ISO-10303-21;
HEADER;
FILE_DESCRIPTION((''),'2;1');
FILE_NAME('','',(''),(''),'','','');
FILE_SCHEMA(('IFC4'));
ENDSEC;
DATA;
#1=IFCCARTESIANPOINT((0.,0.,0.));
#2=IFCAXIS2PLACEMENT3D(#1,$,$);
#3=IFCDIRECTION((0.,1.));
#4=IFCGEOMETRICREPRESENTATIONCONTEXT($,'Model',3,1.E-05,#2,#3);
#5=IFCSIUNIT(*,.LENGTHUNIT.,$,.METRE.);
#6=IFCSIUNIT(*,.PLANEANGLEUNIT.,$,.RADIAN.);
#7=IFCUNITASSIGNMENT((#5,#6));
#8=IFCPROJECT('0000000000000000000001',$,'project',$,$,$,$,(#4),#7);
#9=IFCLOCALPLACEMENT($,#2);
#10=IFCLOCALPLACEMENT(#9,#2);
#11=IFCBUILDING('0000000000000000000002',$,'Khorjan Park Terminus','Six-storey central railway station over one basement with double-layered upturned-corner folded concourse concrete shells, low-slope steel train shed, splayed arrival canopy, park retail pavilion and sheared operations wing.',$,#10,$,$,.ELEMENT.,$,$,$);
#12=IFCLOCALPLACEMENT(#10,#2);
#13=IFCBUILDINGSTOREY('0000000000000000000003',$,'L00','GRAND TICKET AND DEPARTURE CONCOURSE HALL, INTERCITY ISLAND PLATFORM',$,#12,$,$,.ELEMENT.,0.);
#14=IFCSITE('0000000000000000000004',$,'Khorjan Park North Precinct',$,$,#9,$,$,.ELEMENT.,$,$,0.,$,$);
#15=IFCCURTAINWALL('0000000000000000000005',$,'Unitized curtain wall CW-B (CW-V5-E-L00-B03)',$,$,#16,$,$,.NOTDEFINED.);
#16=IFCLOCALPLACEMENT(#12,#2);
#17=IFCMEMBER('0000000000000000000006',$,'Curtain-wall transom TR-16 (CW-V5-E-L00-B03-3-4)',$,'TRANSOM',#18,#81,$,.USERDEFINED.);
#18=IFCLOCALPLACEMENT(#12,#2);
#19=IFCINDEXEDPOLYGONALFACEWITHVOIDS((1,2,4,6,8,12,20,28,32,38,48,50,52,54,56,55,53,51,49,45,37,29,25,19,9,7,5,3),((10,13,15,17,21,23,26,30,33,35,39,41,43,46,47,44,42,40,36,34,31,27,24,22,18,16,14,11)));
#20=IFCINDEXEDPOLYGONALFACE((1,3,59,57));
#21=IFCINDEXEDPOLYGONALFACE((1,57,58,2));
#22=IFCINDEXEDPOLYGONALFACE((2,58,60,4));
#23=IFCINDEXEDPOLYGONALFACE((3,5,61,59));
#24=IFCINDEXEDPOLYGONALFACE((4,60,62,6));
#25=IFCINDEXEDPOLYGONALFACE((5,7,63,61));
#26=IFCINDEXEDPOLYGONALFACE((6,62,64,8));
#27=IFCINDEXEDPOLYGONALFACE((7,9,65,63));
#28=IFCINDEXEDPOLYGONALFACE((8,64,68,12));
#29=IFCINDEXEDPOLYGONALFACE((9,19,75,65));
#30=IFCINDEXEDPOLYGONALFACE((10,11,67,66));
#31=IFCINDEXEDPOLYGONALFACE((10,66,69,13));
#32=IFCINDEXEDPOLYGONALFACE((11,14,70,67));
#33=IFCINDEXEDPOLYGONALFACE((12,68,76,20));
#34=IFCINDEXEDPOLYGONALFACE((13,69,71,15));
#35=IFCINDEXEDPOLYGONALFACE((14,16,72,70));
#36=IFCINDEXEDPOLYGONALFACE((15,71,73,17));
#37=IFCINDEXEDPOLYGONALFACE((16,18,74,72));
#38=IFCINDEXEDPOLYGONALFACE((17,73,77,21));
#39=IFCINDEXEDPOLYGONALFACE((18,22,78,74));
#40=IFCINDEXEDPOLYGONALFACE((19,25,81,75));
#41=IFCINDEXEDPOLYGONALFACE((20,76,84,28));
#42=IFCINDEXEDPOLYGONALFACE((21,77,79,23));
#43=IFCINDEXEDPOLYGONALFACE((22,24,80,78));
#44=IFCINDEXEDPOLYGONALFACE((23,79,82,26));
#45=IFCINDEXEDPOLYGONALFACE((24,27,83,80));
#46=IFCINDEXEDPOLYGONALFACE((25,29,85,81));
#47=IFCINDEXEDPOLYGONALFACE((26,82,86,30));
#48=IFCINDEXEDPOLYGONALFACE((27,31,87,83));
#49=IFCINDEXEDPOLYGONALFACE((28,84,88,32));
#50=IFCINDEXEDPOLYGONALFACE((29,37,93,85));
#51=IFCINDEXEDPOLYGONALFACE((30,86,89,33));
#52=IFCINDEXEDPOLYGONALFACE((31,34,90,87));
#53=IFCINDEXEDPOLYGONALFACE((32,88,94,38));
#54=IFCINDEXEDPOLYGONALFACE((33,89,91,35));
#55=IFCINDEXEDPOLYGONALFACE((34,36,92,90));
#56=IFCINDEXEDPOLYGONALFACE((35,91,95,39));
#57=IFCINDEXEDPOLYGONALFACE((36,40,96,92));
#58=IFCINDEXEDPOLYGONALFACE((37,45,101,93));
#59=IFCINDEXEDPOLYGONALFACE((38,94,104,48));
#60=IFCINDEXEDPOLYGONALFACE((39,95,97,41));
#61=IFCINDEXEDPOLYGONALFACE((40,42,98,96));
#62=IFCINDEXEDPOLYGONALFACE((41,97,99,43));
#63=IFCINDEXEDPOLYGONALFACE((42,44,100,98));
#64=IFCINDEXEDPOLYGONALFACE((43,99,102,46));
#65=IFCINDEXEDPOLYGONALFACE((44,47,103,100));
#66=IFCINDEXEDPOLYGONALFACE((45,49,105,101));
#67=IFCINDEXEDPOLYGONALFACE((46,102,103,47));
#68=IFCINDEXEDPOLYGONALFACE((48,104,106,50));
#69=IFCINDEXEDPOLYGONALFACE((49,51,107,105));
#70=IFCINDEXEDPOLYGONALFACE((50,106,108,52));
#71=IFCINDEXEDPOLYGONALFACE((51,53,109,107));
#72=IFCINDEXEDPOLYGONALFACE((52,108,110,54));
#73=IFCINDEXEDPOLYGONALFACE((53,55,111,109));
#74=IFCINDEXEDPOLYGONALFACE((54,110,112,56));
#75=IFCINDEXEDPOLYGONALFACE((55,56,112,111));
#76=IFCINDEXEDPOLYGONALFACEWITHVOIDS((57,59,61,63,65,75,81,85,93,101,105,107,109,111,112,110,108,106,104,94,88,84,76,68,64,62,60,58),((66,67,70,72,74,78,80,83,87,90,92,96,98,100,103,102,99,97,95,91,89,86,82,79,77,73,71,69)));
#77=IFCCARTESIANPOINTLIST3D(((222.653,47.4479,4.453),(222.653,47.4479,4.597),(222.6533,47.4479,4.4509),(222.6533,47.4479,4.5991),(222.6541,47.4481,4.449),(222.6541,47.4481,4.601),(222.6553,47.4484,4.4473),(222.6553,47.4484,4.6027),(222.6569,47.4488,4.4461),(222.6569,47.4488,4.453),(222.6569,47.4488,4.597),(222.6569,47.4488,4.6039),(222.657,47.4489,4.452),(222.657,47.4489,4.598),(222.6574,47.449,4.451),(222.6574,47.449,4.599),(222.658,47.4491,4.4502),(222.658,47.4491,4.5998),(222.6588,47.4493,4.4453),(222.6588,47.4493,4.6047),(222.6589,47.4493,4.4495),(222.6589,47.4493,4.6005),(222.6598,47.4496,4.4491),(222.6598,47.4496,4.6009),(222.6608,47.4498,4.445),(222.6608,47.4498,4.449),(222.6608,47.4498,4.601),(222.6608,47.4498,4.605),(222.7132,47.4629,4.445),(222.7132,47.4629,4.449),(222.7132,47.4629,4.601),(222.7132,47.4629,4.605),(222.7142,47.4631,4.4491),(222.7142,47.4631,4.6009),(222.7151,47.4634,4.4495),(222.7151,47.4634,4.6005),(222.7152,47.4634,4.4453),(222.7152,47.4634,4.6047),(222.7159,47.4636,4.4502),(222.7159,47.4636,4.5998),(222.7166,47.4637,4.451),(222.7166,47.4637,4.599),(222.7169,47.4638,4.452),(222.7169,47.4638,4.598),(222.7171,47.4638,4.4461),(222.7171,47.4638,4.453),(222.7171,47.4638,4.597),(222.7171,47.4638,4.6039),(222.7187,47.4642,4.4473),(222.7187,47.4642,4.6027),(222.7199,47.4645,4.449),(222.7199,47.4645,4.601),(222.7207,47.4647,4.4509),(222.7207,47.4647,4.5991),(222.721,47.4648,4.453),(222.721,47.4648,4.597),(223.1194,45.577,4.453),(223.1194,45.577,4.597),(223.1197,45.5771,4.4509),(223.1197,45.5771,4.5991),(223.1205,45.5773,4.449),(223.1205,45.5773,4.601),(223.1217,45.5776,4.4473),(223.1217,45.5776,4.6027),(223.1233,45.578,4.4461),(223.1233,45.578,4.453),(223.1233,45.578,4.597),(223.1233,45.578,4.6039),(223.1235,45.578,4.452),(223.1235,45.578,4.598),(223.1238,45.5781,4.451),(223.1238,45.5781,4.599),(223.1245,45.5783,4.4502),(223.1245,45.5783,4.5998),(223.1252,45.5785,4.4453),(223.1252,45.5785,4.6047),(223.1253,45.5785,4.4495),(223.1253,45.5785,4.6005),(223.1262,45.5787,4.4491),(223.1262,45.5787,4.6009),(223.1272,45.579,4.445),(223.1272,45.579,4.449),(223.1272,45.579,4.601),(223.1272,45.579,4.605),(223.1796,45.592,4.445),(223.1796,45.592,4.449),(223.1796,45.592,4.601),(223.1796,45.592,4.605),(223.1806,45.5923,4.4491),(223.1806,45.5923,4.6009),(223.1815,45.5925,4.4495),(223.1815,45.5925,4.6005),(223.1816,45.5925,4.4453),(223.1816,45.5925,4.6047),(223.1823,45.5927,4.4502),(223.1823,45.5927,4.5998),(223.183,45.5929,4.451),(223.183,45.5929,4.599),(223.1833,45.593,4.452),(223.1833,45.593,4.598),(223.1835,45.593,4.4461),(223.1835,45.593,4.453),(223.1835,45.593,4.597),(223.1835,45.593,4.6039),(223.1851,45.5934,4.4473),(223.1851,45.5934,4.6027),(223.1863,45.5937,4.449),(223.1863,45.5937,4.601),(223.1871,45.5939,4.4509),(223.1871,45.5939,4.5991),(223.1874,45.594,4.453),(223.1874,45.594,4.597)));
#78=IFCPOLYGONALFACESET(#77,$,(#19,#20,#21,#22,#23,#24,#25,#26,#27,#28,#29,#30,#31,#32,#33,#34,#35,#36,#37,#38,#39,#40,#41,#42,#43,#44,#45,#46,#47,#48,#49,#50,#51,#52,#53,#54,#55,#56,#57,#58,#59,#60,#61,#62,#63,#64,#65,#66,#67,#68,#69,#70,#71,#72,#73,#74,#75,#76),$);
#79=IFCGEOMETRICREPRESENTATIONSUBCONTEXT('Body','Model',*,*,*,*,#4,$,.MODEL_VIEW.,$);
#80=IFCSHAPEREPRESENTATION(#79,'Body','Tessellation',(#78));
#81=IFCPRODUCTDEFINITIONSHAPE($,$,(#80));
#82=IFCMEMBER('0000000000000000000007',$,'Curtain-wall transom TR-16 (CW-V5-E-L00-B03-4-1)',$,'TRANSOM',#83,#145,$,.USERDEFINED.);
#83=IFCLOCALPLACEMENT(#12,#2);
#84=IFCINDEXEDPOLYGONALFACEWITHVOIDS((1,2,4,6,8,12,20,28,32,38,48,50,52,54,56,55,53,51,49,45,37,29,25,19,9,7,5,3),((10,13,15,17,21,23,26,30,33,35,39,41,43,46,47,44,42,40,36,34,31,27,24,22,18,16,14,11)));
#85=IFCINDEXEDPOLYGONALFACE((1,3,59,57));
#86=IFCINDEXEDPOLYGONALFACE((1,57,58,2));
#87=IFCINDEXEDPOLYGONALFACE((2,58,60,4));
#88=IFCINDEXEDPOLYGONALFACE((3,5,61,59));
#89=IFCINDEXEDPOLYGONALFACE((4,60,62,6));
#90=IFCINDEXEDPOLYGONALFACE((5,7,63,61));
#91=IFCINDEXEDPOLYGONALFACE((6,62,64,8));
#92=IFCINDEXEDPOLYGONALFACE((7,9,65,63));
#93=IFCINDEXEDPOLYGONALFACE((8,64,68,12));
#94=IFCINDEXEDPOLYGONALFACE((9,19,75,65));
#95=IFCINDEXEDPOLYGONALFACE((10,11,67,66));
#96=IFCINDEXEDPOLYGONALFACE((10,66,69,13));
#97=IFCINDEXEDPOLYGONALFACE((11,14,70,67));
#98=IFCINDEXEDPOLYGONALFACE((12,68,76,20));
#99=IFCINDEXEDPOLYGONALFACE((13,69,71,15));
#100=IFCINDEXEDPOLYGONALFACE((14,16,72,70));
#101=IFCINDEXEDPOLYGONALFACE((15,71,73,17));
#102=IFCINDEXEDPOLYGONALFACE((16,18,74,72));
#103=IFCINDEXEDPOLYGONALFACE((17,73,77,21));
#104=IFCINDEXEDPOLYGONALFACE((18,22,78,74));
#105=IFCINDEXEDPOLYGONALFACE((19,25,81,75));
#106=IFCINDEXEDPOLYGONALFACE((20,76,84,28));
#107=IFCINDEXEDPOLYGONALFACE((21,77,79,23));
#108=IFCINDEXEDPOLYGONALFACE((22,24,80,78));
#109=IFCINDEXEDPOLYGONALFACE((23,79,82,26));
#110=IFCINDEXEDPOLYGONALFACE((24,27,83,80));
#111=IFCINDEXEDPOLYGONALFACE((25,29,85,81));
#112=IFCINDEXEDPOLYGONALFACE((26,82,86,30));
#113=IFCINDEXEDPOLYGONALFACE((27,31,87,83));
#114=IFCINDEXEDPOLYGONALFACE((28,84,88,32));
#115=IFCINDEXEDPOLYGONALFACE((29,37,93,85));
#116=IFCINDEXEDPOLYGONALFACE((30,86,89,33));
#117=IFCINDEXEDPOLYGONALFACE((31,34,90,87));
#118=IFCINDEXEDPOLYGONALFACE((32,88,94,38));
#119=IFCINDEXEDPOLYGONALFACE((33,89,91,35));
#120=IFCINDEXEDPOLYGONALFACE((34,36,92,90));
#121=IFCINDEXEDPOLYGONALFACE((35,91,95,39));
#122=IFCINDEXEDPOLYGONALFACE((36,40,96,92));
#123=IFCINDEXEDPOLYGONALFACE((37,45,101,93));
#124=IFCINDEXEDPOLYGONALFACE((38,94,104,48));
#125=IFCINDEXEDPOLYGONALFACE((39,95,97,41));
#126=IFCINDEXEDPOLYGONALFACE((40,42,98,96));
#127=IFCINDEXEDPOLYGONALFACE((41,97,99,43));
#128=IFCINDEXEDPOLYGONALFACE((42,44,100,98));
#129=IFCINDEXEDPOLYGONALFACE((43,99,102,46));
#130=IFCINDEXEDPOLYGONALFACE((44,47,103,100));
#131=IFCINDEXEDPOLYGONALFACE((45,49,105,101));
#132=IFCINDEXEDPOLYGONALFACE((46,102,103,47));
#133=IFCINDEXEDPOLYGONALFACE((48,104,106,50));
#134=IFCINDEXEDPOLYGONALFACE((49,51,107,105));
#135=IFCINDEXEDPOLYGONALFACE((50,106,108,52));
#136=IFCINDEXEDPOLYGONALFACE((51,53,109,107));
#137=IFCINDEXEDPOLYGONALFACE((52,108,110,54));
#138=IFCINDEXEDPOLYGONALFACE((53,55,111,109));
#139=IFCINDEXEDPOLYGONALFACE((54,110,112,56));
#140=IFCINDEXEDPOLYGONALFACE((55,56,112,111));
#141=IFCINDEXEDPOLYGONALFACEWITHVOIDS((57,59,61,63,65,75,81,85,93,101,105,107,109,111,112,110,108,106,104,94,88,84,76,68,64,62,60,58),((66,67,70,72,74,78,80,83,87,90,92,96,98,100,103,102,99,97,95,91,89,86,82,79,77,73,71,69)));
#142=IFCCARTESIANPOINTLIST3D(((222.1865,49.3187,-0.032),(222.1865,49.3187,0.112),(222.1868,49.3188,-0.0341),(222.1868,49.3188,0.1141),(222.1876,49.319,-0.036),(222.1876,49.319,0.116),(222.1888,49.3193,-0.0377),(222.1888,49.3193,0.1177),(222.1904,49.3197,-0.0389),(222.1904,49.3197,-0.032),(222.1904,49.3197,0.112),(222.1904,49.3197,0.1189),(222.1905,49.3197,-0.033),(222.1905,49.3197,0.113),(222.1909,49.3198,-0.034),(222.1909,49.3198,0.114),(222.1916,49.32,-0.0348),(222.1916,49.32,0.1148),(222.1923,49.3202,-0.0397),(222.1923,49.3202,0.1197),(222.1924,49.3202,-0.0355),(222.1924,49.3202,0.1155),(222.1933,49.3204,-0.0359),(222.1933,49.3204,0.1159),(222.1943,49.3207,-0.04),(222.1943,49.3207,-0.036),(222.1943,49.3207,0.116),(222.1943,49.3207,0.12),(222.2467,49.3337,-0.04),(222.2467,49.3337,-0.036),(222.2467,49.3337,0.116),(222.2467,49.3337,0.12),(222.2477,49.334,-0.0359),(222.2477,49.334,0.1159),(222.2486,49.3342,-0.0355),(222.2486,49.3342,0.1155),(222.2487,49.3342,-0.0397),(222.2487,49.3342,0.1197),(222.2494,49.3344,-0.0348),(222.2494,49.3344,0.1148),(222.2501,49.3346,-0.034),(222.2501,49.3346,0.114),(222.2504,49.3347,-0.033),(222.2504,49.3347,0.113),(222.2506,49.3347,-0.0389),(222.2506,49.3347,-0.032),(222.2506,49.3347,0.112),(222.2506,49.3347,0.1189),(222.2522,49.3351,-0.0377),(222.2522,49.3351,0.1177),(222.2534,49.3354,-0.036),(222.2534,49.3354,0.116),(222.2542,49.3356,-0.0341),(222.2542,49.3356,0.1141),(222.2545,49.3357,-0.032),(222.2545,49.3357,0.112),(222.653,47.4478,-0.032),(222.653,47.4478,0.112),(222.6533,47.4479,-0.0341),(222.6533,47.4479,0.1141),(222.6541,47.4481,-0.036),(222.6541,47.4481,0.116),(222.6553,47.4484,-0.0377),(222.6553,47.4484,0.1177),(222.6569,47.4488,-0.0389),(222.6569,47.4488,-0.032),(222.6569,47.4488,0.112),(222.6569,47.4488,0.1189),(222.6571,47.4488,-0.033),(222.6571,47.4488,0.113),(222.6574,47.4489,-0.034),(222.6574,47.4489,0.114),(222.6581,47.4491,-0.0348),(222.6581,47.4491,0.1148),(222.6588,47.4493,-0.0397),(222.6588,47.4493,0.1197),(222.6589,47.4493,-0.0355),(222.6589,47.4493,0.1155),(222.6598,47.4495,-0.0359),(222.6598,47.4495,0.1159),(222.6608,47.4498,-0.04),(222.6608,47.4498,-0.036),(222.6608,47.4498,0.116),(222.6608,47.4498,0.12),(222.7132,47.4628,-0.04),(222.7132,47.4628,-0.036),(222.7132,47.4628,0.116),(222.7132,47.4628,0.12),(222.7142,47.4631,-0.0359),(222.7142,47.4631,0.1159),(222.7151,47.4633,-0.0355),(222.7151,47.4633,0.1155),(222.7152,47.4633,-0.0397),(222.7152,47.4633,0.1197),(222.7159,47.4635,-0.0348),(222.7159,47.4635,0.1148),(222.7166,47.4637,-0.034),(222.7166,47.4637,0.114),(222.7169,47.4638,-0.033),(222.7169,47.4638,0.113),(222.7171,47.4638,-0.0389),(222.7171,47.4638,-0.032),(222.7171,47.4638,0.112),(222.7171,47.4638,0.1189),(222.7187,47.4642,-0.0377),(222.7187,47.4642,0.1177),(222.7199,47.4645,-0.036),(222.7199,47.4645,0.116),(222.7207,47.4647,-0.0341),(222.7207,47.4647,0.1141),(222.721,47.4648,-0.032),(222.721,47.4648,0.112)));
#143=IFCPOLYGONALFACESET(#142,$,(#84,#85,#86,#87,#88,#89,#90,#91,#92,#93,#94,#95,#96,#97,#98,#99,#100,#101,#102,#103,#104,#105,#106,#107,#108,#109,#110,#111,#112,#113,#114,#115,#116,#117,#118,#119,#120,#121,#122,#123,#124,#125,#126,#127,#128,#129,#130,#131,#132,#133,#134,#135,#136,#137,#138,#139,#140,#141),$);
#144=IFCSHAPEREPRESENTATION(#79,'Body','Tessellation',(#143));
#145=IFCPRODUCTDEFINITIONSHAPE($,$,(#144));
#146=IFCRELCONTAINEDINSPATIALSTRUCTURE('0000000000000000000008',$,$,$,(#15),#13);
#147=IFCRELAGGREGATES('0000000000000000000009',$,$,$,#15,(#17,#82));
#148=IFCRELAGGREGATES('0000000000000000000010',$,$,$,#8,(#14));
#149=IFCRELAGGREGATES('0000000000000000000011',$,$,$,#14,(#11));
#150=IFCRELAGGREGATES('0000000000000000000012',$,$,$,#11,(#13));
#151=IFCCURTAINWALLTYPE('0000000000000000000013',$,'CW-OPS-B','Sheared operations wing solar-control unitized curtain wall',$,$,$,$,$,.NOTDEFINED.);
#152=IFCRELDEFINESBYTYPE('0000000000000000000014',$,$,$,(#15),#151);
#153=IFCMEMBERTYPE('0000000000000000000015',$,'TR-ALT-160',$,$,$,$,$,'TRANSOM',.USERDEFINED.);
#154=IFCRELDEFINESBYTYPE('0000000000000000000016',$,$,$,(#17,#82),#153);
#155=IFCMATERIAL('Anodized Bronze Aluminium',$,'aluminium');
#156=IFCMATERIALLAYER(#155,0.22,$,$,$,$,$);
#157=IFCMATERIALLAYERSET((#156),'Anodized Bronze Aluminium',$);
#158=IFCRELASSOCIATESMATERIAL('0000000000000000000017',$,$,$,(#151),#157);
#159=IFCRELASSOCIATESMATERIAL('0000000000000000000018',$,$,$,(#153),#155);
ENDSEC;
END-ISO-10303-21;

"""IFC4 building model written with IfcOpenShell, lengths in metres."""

from ifc_helpers import new_model, si_unit, direction, frame, origin, origin_2d, place, context, subcontext, project, spatial, hollow_rectangle, extrude, material, layer, layer_set, material_profile, profile_set, type_object, element, aggregate, save


model = new_model("IFC4")

# Units and contexts
model_context = context("Model", 3, precision=1e-05, world=origin(), true_north=direction((0.0, 1.0)))
body_context = subcontext(model_context, "Body", "Model", "MODEL_VIEW")
ifc_project = project(units=[si_unit("LENGTHUNIT", "METRE"), si_unit("PLANEANGLEUNIT", "RADIAN")], contexts=[model_context])

# Site, building, storey
site_placement = place(None, origin())
site = spatial("IfcSite", under=ifc_project, at=site_placement, Name="Khorjan Park North Precinct", CompositionType="ELEMENT", RefElevation=0.0)
building_placement = place(site_placement, origin())
building = spatial("IfcBuilding", under=site, at=building_placement, Name="Khorjan Park Terminus", Description="Six-storey central railway station over one basement with double-layered upturned-corner folded concourse concrete shells, low-slope steel train shed, splayed arrival canopy, park retail pavilion and sheared operations wing.", CompositionType="ELEMENT")
storey_placement = place(building_placement, origin())
storey = spatial("IfcBuildingStorey", under=building, at=storey_placement, Name="L00", Description="GRAND TICKET AND DEPARTURE CONCOURSE HALL, INTERCITY ISLAND PLATFORM", CompositionType="ELEMENT", Elevation=0.0)

# Curtain wall, members
ifc_material_1 = material(Name="Anodized Bronze Aluminium", Category="aluminium")
ifc_layer_1 = layer(ifc_material_1, 0.22)
ifc_layer_set_1 = layer_set([ifc_layer_1], Name="Anodized Bronze Aluminium")
curtain_wall_type = type_object("IfcCurtainWallType", Name="CW-OPS-B", Description="Sheared operations wing solar-control unitized curtain wall", PredefinedType="NOTDEFINED", material=ifc_layer_set_1)
curtain_wall_placement = place(storey_placement, origin())
curtain_wall = element("IfcCurtainWall", 1, at=curtain_wall_placement, inside=storey, type_object=curtain_wall_type, Name="Unitized curtain wall CW-B (CW-V5-E-L00-B03)", PredefinedType="NOTDEFINED")
ifc_material_profile_1 = material_profile(ifc_material_1, hollow_rectangle(XDim=0.07, YDim=0.16, WallThickness=0.004, InnerFilletRadius=0.004, OuterFilletRadius=0.008, at=origin_2d()), Name="ALT 70x160x4")
ifc_profile_set_1 = profile_set([ifc_material_profile_1], Name="Anodized Bronze Aluminium")
member_type_1 = type_object("IfcMemberType", Name="TR-ALT-160", ElementType="TRANSOM", PredefinedType="USERDEFINED", material=ifc_profile_set_1)
member_1_placement = place(storey_placement, frame((223.1534, 45.5855, 4.525), z_axis=(-0.241901, 0.970301, 0.0), x_axis=(-0.970301, -0.241901, 0.0)))
member_1 = element("IfcMember", 2, at=member_1_placement, type_object=member_type_1, Name="Curtain-wall transom TR-16 (CW-V5-E-L00-B03-3-4)", ObjectType="TRANSOM", PredefinedType="USERDEFINED", context=body_context, shape_type="SweptSolid", body=[
    extrude(hollow_rectangle(XDim=0.07, YDim=0.16, WallThickness=0.004, InnerFilletRadius=0.004, OuterFilletRadius=0.008, at=origin_2d()), origin(), (0.0, 0.0, 1.0), 1.9281),
])
member_2_placement = place(storey_placement, frame((222.687, 47.4563, 0.04), z_axis=(-0.241938, 0.970292, 0.0), x_axis=(-0.970292, -0.241938, 0.0)))
member_2 = element("IfcMember", 3, at=member_2_placement, type_object=member_type_1, Name="Curtain-wall transom TR-16 (CW-V5-E-L00-B03-4-1)", ObjectType="TRANSOM", PredefinedType="USERDEFINED", context=body_context, shape_type="SweptSolid", body=[
    extrude(hollow_rectangle(XDim=0.07, YDim=0.16, WallThickness=0.004, InnerFilletRadius=0.004, OuterFilletRadius=0.008, at=origin_2d()), origin(), (0.0, 0.0, 1.0), 1.9282),
])
aggregate(curtain_wall, [member_1, member_2])

save(model, "model.ifc")
